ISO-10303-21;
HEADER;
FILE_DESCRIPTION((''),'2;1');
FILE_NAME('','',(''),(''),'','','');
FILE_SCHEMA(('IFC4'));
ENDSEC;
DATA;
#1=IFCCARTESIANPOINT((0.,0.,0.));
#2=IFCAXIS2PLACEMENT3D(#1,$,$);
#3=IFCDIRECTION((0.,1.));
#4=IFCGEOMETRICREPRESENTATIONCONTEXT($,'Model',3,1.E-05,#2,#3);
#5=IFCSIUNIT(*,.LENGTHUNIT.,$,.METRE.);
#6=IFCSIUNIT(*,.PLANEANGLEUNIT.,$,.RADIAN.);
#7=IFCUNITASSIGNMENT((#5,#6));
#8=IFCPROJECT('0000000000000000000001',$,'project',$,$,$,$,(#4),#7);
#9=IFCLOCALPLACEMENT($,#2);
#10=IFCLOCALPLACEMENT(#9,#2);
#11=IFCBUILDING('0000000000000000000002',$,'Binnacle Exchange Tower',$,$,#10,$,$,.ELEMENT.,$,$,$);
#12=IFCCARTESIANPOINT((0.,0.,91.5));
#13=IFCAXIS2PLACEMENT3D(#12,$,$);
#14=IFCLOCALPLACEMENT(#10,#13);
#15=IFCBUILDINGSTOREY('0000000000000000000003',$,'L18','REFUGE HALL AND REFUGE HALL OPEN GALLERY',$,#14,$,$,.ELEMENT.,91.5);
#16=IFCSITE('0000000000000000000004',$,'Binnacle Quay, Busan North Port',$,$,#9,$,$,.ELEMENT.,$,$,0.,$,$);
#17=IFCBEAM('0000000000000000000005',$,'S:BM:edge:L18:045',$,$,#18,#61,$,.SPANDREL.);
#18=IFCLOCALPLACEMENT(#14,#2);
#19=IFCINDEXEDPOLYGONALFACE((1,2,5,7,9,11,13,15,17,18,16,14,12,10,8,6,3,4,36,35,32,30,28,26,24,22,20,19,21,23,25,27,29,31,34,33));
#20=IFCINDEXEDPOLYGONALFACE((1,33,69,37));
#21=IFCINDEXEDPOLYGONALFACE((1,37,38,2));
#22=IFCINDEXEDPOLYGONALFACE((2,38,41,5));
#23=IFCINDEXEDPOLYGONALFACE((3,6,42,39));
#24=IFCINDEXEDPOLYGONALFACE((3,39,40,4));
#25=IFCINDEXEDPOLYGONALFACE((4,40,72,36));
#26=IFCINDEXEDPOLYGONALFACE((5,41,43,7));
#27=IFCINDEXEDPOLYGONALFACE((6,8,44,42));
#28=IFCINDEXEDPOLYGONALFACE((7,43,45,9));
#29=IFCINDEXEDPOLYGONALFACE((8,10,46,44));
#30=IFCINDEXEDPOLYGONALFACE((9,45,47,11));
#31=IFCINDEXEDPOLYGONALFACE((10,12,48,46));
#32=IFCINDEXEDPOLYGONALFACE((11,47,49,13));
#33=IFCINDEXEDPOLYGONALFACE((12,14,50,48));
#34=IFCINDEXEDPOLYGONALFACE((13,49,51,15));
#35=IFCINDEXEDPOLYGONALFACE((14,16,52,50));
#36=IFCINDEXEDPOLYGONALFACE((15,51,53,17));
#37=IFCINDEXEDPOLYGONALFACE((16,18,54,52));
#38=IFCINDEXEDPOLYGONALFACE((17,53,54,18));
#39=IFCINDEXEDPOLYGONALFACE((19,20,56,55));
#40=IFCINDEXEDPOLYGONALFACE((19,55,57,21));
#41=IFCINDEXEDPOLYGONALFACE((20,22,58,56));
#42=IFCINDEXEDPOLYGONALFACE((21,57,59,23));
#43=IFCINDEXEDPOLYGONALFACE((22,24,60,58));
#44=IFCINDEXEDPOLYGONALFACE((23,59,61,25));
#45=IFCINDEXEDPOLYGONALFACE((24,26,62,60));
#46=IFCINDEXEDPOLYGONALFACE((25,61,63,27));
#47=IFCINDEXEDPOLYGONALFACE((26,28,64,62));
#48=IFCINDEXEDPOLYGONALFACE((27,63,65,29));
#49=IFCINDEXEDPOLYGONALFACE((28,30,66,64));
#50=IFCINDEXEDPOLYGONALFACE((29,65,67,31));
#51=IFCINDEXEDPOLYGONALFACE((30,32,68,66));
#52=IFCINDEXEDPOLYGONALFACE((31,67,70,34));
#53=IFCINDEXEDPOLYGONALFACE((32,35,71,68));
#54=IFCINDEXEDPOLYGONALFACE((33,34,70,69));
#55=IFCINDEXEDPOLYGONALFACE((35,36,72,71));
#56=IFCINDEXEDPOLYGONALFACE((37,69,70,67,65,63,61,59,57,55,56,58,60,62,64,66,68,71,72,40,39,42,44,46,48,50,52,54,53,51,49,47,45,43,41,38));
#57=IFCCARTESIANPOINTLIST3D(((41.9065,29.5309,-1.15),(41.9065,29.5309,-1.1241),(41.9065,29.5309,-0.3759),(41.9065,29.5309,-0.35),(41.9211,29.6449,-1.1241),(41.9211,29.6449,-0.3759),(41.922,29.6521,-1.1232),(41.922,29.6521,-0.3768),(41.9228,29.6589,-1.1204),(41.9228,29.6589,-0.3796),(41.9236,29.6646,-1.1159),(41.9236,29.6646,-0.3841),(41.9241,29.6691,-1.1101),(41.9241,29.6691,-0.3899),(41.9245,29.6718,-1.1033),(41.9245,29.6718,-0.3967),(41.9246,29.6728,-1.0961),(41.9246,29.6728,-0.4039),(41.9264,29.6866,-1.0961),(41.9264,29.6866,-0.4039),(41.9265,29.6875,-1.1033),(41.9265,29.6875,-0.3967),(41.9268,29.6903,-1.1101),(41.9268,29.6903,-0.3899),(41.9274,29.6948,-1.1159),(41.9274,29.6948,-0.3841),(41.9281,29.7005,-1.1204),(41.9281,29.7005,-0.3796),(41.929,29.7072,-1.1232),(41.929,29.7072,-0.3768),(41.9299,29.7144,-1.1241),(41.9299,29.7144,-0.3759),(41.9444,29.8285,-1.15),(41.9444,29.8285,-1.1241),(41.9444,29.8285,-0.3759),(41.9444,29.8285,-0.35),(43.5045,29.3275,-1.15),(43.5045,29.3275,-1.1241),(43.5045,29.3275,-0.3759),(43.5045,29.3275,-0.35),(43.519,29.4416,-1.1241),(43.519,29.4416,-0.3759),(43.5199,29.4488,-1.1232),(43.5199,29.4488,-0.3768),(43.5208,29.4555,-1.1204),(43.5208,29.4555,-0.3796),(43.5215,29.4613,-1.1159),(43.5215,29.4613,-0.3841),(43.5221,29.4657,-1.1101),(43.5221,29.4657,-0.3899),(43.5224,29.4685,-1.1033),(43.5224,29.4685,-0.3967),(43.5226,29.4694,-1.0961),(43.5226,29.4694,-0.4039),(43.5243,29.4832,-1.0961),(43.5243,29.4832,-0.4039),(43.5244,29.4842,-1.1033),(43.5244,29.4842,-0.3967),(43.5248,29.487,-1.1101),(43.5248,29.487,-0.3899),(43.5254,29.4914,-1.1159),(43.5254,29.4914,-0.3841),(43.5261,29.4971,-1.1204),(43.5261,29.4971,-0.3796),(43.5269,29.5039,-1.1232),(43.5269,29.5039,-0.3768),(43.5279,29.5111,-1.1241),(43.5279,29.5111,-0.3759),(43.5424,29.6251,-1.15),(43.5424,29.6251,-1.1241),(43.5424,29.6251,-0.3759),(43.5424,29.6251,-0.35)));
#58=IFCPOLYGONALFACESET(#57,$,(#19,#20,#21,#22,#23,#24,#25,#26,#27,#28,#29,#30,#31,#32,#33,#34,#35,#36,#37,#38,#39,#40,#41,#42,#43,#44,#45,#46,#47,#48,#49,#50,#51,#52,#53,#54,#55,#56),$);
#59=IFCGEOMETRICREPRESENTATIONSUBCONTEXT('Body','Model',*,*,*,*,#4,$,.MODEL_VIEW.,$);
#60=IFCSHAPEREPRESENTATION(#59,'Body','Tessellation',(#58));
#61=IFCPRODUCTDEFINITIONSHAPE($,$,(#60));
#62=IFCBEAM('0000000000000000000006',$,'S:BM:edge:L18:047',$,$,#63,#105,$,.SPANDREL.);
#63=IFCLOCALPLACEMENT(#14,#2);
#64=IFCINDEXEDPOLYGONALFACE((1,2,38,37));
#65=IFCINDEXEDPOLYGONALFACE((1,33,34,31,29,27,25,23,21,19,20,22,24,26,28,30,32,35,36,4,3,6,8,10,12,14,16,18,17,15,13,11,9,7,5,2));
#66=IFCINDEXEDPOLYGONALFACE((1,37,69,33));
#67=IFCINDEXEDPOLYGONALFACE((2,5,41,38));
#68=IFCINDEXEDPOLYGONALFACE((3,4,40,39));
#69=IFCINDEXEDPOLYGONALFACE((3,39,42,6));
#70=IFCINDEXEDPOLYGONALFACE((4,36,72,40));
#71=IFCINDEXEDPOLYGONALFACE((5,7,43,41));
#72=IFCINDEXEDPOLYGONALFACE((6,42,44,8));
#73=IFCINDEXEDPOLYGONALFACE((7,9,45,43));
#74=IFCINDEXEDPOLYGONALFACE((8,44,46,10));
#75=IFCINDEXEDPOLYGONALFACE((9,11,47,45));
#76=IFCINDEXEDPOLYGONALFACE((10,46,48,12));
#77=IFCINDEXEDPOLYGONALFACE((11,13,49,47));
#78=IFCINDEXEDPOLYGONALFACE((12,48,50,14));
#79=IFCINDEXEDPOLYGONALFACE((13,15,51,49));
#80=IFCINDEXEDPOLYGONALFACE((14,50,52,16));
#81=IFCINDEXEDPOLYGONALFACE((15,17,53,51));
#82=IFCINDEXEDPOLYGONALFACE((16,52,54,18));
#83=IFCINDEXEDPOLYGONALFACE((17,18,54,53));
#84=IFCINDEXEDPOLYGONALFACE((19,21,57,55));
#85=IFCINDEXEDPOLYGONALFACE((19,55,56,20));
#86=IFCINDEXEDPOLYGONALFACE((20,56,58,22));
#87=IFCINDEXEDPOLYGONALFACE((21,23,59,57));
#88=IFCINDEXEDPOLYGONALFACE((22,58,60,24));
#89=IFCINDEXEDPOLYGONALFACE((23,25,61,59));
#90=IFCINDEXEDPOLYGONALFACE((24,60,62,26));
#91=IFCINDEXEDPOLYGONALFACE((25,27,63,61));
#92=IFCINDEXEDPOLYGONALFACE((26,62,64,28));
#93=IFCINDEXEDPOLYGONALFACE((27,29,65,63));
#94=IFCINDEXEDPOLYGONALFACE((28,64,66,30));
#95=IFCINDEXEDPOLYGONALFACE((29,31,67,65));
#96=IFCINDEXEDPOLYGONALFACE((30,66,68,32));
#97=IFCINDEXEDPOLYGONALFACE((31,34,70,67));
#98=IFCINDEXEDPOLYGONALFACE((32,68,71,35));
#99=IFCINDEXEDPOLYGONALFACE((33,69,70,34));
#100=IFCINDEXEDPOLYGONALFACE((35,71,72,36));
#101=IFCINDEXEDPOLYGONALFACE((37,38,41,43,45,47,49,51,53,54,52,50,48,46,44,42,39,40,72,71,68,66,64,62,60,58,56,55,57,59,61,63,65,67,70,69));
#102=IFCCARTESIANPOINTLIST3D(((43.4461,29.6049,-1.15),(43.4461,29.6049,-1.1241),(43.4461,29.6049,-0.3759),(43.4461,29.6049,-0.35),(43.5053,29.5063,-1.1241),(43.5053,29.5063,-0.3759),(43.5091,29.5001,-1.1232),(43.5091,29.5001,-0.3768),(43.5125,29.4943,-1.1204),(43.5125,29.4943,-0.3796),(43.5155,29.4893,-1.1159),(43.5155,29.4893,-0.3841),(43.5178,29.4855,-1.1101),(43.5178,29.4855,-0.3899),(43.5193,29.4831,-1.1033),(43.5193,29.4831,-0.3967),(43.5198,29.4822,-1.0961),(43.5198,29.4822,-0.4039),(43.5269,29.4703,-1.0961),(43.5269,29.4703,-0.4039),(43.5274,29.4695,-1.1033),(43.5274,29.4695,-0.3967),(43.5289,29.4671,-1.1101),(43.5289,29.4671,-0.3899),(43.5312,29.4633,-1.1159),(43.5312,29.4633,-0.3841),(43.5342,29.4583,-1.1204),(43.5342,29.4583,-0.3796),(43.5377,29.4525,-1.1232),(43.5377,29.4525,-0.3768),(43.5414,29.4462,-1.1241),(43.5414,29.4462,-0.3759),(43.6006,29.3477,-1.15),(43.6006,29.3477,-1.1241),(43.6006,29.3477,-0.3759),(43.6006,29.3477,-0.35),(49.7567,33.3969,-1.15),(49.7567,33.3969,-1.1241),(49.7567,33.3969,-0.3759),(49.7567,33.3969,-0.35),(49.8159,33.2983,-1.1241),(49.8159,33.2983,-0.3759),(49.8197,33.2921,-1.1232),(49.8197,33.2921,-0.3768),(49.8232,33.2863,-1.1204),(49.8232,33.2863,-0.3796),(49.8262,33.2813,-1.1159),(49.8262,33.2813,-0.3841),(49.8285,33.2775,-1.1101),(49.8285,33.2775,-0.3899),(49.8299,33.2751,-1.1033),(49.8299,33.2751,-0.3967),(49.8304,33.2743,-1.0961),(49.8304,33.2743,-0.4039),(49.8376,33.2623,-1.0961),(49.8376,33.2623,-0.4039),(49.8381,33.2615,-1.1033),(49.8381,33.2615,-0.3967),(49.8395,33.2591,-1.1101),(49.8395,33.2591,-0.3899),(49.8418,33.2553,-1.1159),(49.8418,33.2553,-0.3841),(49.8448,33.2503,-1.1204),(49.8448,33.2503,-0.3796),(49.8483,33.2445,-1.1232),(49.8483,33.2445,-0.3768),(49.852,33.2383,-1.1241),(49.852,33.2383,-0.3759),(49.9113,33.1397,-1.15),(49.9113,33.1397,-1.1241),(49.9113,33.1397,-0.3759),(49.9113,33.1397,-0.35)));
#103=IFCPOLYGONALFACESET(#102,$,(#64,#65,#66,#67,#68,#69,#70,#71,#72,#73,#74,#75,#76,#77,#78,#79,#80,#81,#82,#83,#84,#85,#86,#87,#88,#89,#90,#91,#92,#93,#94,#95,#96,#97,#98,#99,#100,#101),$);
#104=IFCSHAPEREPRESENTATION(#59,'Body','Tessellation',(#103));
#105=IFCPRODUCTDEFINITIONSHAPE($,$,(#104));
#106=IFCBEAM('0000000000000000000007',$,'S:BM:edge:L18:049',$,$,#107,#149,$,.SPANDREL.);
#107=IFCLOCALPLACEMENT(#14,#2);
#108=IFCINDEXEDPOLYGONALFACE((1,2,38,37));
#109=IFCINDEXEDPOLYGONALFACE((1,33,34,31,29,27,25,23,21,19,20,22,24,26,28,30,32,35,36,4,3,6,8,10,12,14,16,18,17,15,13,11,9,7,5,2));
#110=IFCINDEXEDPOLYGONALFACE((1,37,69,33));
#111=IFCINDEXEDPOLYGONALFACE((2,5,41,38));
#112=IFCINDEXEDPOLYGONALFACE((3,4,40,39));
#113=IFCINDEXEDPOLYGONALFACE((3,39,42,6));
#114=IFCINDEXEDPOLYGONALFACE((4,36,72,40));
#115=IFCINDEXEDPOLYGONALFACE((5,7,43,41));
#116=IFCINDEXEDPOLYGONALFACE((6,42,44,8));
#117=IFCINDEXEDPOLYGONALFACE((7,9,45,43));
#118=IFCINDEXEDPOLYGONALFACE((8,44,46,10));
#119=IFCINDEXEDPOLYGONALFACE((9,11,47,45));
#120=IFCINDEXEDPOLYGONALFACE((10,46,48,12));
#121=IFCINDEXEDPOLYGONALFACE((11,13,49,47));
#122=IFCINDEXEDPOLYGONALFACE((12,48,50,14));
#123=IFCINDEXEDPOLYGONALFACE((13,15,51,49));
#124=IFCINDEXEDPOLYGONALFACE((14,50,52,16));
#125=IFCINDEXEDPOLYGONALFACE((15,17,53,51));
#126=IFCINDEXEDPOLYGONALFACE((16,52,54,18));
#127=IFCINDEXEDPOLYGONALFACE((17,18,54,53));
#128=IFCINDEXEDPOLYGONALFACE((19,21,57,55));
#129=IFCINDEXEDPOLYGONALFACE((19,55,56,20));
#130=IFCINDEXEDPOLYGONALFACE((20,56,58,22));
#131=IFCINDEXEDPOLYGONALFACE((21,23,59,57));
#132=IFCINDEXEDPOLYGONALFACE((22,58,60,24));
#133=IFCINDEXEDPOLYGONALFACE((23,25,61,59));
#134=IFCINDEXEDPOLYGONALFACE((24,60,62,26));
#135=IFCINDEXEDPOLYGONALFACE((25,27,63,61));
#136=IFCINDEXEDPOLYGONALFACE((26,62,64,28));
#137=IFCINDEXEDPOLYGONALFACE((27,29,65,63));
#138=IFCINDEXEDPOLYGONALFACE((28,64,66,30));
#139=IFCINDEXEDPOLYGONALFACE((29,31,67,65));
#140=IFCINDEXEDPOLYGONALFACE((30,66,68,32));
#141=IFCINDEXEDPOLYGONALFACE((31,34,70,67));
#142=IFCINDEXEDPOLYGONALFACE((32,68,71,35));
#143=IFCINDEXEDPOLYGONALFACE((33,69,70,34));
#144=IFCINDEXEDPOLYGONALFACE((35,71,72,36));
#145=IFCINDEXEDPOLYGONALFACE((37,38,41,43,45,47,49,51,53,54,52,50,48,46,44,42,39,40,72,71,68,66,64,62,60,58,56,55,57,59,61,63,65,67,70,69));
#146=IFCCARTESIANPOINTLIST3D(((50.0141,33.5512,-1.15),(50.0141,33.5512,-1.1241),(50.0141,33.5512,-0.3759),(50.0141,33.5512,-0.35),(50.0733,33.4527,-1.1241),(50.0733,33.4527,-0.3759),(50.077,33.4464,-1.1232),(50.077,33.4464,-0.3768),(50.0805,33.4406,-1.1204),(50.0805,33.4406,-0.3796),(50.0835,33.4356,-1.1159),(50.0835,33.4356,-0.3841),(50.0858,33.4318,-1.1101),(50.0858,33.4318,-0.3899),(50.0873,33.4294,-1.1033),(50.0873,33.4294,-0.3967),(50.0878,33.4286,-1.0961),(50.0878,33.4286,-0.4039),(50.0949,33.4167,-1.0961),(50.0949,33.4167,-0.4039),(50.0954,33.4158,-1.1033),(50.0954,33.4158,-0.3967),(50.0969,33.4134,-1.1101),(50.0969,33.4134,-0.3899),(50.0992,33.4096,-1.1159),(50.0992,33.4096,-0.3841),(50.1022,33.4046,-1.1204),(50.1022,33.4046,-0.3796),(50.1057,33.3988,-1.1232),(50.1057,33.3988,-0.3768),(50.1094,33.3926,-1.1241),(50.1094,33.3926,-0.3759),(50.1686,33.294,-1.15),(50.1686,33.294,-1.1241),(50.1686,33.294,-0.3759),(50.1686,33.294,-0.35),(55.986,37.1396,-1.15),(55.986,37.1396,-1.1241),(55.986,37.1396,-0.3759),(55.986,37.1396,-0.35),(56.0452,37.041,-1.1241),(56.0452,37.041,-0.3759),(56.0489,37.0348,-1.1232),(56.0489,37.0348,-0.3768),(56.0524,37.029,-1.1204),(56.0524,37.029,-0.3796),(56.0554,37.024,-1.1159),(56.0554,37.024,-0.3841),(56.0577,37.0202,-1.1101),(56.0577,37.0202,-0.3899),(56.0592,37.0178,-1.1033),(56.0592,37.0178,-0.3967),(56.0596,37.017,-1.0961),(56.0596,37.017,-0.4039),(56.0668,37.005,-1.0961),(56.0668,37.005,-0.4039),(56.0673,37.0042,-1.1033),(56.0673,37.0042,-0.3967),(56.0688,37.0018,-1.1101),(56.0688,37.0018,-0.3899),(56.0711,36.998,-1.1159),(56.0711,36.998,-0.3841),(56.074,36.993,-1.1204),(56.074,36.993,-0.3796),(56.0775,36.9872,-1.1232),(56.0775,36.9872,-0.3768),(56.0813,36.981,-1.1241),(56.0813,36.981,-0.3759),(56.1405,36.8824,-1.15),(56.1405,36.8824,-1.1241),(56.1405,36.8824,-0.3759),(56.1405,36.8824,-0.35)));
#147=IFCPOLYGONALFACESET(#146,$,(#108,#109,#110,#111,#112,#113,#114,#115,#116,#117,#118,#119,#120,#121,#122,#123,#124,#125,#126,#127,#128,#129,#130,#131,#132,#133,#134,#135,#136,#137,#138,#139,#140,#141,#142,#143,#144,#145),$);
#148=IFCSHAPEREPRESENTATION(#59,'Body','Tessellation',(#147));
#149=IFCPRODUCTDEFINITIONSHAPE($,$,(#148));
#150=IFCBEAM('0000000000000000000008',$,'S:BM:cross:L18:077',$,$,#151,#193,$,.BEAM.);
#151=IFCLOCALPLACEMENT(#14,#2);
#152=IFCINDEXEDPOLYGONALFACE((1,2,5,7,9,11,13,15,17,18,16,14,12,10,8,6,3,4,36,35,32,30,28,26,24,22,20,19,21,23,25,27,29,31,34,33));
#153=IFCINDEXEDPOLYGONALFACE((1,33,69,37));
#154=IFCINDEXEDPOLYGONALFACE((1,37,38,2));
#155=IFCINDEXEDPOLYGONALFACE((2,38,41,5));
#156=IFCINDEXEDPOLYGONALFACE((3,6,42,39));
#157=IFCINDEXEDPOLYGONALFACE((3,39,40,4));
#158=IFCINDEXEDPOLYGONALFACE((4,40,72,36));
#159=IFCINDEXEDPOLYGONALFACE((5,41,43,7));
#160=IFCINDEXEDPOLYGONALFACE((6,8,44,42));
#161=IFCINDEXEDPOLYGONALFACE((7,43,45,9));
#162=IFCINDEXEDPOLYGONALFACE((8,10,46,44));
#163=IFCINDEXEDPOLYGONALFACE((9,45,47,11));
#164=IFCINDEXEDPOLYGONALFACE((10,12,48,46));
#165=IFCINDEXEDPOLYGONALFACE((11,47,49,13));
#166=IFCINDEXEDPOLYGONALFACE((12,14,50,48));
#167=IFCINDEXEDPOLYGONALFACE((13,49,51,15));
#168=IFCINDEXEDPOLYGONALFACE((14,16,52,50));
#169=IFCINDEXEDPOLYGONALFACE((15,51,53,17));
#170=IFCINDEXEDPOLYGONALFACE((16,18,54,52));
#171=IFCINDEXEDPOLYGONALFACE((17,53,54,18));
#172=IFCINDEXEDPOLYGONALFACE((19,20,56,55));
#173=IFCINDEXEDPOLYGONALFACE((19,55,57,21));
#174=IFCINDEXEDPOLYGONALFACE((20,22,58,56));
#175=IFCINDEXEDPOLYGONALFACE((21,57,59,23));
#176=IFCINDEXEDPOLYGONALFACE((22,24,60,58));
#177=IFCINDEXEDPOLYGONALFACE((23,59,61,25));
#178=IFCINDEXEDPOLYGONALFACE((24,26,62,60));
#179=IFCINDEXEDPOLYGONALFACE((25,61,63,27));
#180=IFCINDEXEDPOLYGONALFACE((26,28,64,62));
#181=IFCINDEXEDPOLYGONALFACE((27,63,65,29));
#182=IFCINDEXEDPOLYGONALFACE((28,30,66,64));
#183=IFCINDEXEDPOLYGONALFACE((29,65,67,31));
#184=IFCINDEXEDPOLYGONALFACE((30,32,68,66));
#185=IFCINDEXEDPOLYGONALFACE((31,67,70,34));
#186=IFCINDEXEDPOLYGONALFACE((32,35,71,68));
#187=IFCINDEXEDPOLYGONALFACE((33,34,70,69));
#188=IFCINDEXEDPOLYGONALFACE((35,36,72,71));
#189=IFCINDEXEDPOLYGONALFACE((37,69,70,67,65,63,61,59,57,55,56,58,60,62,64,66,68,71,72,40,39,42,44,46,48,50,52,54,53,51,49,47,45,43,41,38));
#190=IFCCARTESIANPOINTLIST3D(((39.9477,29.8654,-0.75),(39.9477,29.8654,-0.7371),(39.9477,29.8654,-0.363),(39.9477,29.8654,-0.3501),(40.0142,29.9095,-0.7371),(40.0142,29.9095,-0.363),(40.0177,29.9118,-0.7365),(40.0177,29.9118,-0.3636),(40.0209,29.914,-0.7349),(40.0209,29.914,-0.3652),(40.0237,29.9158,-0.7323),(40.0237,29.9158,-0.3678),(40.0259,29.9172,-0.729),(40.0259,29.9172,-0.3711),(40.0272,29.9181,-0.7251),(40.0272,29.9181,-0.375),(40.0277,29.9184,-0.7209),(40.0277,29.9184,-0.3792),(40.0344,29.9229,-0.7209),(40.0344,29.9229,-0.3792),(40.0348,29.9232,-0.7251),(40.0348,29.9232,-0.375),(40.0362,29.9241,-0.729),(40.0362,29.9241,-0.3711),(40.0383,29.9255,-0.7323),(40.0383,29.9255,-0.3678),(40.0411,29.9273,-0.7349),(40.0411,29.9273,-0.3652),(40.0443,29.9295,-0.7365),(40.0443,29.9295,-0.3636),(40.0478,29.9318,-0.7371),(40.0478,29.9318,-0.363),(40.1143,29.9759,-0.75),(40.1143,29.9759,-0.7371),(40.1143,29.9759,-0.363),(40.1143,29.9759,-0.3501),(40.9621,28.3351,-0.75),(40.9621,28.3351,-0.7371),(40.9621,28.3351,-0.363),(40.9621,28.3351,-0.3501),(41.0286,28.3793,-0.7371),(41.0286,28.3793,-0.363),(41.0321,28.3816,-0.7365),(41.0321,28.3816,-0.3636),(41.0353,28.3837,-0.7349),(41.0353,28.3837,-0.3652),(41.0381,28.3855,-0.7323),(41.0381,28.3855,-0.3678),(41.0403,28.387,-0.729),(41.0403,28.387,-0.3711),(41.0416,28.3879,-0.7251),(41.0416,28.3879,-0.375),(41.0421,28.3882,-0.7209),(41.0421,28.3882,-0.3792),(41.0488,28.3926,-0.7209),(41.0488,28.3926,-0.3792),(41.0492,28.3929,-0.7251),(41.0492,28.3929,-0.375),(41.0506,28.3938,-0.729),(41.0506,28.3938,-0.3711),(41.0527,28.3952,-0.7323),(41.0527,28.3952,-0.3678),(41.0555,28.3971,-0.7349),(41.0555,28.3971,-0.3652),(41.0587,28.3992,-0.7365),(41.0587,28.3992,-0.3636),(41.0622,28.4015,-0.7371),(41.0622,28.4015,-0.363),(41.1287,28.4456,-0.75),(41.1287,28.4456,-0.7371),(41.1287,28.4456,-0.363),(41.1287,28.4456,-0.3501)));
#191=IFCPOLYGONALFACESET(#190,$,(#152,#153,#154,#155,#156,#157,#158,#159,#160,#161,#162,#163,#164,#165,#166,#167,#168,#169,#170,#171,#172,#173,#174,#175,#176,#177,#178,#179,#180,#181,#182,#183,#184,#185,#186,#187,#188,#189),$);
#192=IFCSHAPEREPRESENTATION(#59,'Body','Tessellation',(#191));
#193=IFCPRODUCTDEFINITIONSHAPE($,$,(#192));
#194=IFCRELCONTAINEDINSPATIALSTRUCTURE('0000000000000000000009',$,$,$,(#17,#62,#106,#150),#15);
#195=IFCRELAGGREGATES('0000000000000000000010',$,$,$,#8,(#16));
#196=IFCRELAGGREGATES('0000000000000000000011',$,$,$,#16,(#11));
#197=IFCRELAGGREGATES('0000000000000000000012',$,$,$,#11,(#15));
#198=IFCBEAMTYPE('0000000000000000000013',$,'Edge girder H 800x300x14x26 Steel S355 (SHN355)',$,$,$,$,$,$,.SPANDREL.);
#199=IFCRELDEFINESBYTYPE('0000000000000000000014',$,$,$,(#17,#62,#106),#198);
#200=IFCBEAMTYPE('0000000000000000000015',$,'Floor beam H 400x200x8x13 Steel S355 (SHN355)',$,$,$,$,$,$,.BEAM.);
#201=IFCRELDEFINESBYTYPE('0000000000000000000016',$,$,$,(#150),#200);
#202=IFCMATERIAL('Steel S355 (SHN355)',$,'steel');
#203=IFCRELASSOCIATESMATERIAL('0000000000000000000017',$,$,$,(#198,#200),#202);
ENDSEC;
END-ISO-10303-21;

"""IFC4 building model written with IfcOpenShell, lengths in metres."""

from ifc_helpers import new_model, si_unit, direction, frame, origin, origin_2d, place, context, subcontext, project, spatial, i_section, extrude, material, material_profile, profile_set, type_object, element, save


model = new_model("IFC4")

# Units and contexts
model_context = context("Model", 3, precision=1e-05, world=origin(), true_north=direction((0.0, 1.0)))
body_context = subcontext(model_context, "Body", "Model", "MODEL_VIEW")
ifc_project = project(units=[si_unit("LENGTHUNIT", "METRE"), si_unit("PLANEANGLEUNIT", "RADIAN")], contexts=[model_context])

# Site, building, storey
site_placement = place(None, origin())
site = spatial("IfcSite", under=ifc_project, at=site_placement, Name="Binnacle Quay, Busan North Port", CompositionType="ELEMENT", RefElevation=0.0)
building_placement = place(site_placement, origin())
building = spatial("IfcBuilding", under=site, at=building_placement, Name="Binnacle Exchange Tower", CompositionType="ELEMENT")
storey_placement = place(building_placement, frame((0.0, 0.0, 91.5)))
storey = spatial("IfcBuildingStorey", under=building, at=storey_placement, Name="L18", Description="REFUGE HALL AND REFUGE HALL OPEN GALLERY", CompositionType="ELEMENT", Elevation=91.5)

# Beams
ifc_material_1 = material(Name="Steel S355 (SHN355)", Category="steel")
ifc_material_profile_1 = material_profile(ifc_material_1, i_section(OverallWidth=0.3, OverallDepth=0.8, WebThickness=0.0139, FlangeThickness=0.0259, FilletRadius=0.0281, at=origin_2d()), Name="H 800x300x14x26")
ifc_profile_set_1 = profile_set([ifc_material_profile_1], Name="Steel S355 (SHN355)")
beam_type_1 = type_object("IfcBeamType", Name="Edge girder H 800x300x14x26 Steel S355 (SHN355)", PredefinedType="SPANDREL", material=ifc_profile_set_1)
beam_1_placement = place(storey_placement, frame((43.5234, 29.4763, -0.75), z_axis=(-0.991998, 0.126254, 0.0), x_axis=(-0.126254, -0.991998, 0.0)))
element("IfcBeam", 1, at=beam_1_placement, inside=storey, type_object=beam_type_1, Name="S:BM:edge:L18:045", PredefinedType="SPANDREL", context=body_context, shape_type="SweptSolid", body=[
    extrude(i_section(OverallWidth=0.3, OverallDepth=0.8, WebThickness=0.0139, FlangeThickness=0.0259, FilletRadius=0.0281, at=origin_2d()), origin(), (0.0, 0.0, 1.0), 1.6108),
])
beam_2_placement = place(storey_placement, frame((49.834, 33.2683, -0.75), z_axis=(-0.857153, -0.515061, 0.0), x_axis=(0.515061, -0.857153, 0.0)))
element("IfcBeam", 2, at=beam_2_placement, inside=storey, type_object=beam_type_1, Name="S:BM:edge:L18:047", PredefinedType="SPANDREL", context=body_context, shape_type="SweptSolid", body=[
    extrude(i_section(OverallWidth=0.3, OverallDepth=0.8, WebThickness=0.0139, FlangeThickness=0.0259, FilletRadius=0.0281, at=origin_2d()), origin(), (0.0, 0.0, 1.0), 7.3623),
])
beam_3_placement = place(storey_placement, frame((56.0632, 37.011, -0.75), z_axis=(-0.857162, -0.515047, 0.0), x_axis=(0.515047, -0.857162, 0.0)))
element("IfcBeam", 3, at=beam_3_placement, inside=storey, type_object=beam_type_1, Name="S:BM:edge:L18:049", PredefinedType="SPANDREL", context=body_context, shape_type="SweptSolid", body=[
    extrude(i_section(OverallWidth=0.3, OverallDepth=0.8, WebThickness=0.0139, FlangeThickness=0.0259, FilletRadius=0.0281, at=origin_2d()), origin(), (0.0, 0.0, 1.0), 6.967),
])
ifc_material_profile_2 = material_profile(ifc_material_1, i_section(OverallWidth=0.2, OverallDepth=0.3999, WebThickness=0.0081, FlangeThickness=0.0129, FilletRadius=0.0161, at=origin_2d()), Name="H 400x200x8x13")
ifc_profile_set_2 = profile_set([ifc_material_profile_2], Name="Steel S355 (SHN355)")
beam_type_2 = type_object("IfcBeamType", Name="Floor beam H 400x200x8x13 Steel S355 (SHN355)", PredefinedType="BEAM", material=ifc_profile_set_2)
for number, where, z_axis, x_axis, name in (
    (4, (41.0454, 28.3904, -0.55), (-0.55252, 0.8335, 0.0), (-0.8335, -0.55252, 0.0), "S:BM:cross:L18:077"),
):
    element("IfcBeam", number, at=place(storey_placement, frame(where, z_axis=z_axis, x_axis=x_axis)), inside=storey, type_object=beam_type_2, Name=name, PredefinedType="BEAM", context=body_context, shape_type="SweptSolid", body=[
        extrude(i_section(OverallWidth=0.2, OverallDepth=0.3999, WebThickness=0.0081, FlangeThickness=0.0129, FilletRadius=0.0161, at=origin_2d()), origin(), (0.0, 0.0, 1.0), 1.8359),
    ])

save(model, "model.ifc")
